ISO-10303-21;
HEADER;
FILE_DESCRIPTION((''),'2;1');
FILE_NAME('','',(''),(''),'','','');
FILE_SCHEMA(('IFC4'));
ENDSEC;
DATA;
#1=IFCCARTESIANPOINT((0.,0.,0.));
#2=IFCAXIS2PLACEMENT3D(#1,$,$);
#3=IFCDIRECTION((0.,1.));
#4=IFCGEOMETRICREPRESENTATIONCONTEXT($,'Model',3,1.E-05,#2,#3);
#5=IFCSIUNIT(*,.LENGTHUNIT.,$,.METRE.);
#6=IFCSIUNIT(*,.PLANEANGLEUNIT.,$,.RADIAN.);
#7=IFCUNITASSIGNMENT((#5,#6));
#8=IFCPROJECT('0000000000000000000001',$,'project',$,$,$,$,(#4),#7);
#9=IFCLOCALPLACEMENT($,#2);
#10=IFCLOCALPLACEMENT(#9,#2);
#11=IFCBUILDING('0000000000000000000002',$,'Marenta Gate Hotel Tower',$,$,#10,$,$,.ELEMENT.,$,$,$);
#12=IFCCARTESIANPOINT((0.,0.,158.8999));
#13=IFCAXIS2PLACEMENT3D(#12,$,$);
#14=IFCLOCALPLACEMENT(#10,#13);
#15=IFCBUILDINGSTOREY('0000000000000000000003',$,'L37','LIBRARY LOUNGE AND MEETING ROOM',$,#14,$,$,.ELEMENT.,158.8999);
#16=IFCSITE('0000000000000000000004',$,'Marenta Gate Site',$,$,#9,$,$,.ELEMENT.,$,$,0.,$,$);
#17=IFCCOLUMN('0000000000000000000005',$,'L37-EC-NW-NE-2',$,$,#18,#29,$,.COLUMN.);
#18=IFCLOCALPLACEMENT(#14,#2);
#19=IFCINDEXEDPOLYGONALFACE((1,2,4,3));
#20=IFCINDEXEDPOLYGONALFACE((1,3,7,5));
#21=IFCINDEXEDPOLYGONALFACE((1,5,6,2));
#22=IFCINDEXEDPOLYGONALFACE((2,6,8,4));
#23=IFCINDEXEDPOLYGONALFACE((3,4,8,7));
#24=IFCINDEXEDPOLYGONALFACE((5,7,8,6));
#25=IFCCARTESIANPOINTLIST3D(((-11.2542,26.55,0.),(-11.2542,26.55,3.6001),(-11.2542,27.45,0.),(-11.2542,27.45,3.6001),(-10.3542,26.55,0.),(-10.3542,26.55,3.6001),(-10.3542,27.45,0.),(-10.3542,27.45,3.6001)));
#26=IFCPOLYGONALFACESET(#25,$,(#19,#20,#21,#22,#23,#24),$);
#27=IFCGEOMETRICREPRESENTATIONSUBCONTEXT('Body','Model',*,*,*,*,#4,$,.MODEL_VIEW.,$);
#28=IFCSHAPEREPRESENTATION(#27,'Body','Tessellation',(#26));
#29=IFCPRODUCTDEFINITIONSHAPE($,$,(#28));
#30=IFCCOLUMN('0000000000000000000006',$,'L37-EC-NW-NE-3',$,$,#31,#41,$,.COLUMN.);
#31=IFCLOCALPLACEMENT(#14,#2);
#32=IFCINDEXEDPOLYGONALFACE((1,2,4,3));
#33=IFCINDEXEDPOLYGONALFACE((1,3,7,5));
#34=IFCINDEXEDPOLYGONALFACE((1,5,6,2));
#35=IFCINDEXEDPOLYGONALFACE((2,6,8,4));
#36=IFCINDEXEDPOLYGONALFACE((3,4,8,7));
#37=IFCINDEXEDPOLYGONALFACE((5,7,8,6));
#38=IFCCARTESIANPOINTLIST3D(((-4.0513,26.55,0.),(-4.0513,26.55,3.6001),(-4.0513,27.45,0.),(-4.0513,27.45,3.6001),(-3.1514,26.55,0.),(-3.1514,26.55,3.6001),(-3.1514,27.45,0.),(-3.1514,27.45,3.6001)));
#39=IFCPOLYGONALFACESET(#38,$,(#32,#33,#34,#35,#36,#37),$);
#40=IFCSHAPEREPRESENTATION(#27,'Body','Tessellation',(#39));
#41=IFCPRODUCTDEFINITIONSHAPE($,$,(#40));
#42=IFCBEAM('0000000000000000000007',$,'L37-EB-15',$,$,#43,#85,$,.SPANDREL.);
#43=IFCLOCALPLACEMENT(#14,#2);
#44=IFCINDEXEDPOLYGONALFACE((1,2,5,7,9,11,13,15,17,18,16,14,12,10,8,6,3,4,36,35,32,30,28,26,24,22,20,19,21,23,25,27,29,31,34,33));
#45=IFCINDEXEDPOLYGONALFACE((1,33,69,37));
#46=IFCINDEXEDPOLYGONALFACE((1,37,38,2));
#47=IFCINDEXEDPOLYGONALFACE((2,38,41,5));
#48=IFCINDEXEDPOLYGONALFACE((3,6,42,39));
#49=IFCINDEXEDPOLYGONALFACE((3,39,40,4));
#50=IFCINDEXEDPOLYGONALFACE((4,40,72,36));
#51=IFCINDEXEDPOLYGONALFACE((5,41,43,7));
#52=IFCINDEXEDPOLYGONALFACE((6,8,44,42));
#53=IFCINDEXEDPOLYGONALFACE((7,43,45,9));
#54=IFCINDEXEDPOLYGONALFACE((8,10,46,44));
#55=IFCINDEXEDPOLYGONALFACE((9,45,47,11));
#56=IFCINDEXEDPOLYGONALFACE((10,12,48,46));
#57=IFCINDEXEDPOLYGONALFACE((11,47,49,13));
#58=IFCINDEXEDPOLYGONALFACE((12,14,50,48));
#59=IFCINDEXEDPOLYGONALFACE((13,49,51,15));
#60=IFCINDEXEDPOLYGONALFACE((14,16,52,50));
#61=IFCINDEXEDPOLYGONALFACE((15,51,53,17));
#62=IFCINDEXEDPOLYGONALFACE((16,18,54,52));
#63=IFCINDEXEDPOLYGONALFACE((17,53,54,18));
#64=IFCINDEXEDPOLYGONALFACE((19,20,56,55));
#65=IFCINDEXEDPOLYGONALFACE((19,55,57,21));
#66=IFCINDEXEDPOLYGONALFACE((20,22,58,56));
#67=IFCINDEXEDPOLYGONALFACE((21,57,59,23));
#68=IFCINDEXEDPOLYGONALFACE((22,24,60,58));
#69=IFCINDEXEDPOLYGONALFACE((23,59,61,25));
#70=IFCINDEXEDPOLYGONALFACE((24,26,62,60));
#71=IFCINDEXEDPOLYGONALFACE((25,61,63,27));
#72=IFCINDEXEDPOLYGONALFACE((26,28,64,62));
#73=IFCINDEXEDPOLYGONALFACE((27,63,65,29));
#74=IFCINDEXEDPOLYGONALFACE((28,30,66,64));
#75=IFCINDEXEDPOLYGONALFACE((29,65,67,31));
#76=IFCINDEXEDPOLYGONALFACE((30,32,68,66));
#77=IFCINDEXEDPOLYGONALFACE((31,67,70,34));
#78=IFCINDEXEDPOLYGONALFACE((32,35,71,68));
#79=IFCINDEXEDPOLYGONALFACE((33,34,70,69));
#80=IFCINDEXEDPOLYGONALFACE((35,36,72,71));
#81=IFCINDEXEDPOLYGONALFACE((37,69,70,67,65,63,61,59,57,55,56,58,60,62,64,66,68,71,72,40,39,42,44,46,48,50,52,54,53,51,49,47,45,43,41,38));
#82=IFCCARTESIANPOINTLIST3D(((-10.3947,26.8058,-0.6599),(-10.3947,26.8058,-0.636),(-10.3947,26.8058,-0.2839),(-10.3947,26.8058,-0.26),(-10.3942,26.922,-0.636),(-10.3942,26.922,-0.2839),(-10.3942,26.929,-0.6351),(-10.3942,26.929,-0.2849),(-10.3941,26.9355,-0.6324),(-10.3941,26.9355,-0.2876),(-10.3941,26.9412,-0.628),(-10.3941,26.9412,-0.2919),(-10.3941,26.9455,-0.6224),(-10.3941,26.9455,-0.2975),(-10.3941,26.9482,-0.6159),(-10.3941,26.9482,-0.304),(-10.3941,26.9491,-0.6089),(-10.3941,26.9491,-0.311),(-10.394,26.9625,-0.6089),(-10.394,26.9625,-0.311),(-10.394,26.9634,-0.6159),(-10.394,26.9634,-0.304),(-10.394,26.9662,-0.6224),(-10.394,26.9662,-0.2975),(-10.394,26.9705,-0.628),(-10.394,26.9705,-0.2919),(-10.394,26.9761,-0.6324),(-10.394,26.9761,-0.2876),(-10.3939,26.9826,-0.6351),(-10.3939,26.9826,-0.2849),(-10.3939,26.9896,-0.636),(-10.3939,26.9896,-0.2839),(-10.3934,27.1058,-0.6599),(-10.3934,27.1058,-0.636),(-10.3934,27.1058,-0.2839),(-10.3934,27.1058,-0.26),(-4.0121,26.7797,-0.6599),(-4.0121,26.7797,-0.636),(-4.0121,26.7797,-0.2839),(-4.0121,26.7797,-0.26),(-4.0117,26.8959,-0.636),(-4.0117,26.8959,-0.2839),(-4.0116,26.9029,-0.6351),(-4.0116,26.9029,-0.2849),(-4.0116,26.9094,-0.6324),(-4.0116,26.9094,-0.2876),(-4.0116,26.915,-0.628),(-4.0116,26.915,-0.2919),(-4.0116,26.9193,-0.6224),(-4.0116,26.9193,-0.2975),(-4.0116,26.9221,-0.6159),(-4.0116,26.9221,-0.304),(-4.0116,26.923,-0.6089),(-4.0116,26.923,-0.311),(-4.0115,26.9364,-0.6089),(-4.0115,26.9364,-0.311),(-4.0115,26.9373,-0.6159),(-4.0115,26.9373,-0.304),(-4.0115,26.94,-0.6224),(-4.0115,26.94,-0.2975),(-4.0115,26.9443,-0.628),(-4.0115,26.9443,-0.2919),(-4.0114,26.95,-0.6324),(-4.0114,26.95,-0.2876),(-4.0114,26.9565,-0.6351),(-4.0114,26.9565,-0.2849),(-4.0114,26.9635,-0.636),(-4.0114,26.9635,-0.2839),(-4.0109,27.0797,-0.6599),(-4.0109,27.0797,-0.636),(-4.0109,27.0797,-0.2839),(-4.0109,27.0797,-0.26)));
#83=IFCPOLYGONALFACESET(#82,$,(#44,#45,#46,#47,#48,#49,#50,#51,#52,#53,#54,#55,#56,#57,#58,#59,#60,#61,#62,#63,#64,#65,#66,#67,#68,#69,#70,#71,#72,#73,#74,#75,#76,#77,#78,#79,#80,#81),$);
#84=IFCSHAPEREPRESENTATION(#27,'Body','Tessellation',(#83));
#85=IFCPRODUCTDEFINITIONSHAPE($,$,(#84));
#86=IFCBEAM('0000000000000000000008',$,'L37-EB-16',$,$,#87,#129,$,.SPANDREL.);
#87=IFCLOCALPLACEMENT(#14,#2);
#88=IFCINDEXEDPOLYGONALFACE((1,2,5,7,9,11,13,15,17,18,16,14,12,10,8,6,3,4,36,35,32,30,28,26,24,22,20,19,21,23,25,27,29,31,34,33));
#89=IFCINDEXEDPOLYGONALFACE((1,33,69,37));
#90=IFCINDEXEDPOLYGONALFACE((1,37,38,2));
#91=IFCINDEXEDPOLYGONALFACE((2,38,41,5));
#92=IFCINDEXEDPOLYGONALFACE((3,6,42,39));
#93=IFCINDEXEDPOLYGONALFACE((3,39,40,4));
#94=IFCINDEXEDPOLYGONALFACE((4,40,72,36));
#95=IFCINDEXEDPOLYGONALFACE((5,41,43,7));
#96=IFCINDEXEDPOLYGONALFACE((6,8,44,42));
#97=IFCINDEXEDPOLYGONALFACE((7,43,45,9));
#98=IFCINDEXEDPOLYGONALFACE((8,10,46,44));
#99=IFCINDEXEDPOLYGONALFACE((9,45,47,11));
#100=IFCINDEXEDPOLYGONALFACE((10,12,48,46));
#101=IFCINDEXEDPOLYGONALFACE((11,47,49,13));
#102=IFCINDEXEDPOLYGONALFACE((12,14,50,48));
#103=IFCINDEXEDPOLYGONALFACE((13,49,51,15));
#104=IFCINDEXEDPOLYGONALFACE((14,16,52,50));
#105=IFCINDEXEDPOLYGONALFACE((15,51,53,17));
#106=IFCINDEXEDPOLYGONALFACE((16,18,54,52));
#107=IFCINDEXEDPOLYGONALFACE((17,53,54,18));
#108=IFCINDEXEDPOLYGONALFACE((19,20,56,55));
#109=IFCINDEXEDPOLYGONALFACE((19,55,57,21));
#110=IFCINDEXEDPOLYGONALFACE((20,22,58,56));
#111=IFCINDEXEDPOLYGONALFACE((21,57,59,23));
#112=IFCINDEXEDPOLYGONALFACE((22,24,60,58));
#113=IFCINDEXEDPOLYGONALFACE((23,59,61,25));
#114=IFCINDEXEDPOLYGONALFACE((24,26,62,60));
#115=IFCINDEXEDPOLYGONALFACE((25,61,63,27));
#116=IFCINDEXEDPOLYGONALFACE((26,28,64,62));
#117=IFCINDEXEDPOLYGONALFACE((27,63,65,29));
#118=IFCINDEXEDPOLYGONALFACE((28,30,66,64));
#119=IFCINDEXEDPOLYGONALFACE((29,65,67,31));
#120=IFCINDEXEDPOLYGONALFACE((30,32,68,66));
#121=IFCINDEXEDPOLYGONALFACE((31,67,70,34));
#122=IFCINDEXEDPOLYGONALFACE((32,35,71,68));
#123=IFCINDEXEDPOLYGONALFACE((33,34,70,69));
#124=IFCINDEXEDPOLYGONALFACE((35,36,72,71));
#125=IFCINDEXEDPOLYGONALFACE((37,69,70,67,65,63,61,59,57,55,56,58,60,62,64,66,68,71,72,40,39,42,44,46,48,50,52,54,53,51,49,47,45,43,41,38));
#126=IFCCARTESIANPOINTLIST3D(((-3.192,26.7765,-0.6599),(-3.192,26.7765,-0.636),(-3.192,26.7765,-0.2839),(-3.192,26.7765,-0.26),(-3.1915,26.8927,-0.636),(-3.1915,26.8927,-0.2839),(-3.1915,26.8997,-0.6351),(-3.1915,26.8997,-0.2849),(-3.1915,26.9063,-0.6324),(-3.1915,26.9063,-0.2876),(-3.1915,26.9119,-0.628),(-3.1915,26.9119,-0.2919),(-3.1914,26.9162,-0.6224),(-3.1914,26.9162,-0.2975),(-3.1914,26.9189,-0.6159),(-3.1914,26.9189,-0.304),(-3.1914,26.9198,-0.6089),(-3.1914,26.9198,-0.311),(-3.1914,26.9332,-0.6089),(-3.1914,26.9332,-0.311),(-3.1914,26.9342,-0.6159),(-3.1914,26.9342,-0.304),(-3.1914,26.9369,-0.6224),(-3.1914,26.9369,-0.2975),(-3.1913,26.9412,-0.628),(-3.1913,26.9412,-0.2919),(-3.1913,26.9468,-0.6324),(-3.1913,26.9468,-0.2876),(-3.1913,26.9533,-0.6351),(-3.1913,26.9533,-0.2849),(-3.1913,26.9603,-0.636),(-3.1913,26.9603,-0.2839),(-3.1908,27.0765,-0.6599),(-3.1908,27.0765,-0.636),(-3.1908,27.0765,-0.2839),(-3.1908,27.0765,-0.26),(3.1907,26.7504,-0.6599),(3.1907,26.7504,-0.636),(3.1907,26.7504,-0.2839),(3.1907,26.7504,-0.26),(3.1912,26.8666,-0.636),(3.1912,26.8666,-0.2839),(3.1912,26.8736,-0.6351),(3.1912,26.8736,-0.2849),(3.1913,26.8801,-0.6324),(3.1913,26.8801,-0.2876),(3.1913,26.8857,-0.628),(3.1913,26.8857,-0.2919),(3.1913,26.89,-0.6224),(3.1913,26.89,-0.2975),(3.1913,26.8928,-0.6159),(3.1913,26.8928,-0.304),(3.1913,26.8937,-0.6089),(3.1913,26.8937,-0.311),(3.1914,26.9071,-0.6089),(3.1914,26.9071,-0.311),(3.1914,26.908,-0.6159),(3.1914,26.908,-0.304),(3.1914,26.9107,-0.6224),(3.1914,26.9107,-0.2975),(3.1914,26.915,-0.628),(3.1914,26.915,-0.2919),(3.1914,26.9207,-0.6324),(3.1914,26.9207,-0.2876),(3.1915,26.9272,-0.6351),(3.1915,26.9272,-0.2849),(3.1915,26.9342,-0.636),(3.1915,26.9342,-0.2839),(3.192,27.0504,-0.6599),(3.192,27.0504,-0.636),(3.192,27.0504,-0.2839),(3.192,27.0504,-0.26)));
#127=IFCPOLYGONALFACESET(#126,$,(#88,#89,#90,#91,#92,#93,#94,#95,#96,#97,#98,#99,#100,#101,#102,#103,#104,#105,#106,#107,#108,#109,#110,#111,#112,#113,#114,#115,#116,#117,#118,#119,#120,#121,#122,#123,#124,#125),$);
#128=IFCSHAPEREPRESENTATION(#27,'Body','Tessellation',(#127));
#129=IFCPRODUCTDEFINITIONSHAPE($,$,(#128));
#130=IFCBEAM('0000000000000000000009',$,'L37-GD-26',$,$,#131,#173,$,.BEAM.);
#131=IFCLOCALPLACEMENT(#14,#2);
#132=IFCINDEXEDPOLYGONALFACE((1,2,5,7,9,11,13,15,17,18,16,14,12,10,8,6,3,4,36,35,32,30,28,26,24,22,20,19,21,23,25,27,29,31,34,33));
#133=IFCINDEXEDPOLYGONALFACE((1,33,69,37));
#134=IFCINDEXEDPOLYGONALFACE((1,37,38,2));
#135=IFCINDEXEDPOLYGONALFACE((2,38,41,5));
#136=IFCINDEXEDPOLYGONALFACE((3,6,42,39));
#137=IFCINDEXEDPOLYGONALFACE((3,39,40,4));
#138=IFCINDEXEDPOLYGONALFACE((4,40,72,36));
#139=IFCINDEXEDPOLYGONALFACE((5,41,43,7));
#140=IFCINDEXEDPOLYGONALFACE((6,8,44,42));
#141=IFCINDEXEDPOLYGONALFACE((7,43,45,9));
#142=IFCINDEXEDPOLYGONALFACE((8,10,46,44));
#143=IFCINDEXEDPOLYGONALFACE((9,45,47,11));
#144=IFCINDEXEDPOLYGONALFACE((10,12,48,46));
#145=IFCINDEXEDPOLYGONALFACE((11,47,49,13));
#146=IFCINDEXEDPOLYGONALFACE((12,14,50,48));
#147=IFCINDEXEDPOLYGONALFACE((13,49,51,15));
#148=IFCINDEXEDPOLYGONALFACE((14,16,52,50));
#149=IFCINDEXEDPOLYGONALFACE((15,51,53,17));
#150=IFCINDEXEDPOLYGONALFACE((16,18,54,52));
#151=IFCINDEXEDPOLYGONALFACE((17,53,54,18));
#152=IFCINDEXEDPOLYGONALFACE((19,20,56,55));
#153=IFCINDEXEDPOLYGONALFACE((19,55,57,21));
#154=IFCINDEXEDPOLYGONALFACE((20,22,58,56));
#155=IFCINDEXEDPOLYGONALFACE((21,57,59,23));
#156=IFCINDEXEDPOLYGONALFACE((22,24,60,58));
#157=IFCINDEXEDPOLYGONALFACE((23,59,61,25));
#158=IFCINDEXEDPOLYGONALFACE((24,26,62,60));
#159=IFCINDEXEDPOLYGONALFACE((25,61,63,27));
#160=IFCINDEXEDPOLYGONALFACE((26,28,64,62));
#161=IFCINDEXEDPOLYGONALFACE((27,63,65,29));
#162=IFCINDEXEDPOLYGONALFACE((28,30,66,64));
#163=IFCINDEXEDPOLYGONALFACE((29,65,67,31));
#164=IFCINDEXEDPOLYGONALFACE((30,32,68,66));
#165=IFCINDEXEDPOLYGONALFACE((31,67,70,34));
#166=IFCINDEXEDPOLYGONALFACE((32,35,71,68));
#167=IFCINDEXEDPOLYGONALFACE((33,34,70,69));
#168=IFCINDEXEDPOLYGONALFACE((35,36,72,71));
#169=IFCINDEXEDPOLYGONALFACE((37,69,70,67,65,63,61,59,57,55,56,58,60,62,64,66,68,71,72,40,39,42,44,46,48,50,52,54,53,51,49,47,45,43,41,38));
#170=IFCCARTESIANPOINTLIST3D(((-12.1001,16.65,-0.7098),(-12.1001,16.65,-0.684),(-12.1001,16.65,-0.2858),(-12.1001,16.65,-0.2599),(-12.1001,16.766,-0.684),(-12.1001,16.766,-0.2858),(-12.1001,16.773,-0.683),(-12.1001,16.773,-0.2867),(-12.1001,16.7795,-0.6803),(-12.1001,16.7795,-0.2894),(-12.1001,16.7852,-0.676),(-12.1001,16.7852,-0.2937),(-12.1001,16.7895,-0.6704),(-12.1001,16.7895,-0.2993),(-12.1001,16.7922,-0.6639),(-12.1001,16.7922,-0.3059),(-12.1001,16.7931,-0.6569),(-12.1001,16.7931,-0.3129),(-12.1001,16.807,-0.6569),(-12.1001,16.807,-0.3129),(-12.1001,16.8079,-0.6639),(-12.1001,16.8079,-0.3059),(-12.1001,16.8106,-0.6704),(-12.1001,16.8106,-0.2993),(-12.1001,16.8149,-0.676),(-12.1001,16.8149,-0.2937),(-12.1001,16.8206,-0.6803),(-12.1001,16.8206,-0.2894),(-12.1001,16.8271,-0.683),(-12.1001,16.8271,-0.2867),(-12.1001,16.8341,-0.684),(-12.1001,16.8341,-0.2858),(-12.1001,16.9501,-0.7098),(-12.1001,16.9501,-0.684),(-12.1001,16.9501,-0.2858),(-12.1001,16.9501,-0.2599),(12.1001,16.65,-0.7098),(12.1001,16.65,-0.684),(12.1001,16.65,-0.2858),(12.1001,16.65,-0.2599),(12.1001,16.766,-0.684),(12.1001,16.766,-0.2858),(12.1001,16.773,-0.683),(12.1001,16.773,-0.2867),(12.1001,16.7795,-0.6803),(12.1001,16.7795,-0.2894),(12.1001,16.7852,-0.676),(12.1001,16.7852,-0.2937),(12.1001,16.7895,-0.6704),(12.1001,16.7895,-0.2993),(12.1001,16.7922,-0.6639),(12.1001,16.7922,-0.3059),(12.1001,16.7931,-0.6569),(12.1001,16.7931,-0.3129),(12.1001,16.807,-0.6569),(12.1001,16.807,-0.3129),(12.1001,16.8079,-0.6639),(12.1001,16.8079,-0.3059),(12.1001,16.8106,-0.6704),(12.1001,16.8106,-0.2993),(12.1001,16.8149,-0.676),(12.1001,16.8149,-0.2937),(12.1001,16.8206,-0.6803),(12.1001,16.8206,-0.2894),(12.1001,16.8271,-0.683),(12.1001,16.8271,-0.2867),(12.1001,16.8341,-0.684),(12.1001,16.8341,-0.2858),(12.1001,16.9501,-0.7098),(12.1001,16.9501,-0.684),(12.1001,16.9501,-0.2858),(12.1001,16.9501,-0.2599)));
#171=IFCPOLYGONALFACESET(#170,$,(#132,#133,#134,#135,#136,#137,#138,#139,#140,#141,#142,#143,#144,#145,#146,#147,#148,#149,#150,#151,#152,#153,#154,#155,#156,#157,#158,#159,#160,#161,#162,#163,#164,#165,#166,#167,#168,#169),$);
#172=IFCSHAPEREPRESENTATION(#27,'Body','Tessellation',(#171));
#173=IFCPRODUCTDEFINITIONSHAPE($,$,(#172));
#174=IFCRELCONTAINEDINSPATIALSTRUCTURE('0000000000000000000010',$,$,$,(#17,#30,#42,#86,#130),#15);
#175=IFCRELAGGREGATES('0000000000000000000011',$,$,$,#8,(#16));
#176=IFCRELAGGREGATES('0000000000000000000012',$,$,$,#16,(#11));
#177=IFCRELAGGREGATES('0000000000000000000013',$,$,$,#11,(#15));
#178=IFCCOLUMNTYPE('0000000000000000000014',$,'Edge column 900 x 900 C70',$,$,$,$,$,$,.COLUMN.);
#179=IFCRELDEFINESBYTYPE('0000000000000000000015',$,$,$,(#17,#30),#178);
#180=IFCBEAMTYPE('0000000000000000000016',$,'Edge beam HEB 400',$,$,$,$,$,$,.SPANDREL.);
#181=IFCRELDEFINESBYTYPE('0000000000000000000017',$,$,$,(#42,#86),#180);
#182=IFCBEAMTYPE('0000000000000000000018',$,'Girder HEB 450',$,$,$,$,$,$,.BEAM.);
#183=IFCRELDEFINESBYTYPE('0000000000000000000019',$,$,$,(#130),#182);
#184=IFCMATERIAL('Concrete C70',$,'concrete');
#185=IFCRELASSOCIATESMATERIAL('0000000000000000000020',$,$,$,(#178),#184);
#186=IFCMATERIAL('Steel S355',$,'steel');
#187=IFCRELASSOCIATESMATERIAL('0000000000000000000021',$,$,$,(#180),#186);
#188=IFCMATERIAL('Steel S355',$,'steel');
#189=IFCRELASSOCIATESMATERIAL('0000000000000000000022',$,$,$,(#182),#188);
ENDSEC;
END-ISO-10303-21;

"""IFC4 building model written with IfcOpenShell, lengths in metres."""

from ifc_helpers import new_model, si_unit, direction, frame, origin, origin_2d, place, context, subcontext, project, spatial, rectangle, i_section, extrude, material, material_profile, profile_set, type_object, element, save


model = new_model("IFC4")

# Units and contexts
model_context = context("Model", 3, precision=1e-05, world=origin(), true_north=direction((0.0, 1.0)))
body_context = subcontext(model_context, "Body", "Model", "MODEL_VIEW")
ifc_project = project(units=[si_unit("LENGTHUNIT", "METRE"), si_unit("PLANEANGLEUNIT", "RADIAN")], contexts=[model_context])

# Site, building, storey
site_placement = place(None, origin())
site = spatial("IfcSite", under=ifc_project, at=site_placement, Name="Marenta Gate Site", CompositionType="ELEMENT", RefElevation=0.0)
building_placement = place(site_placement, origin())
building = spatial("IfcBuilding", under=site, at=building_placement, Name="Marenta Gate Hotel Tower", CompositionType="ELEMENT")
storey_placement = place(building_placement, frame((0.0, 0.0, 158.8999)))
storey = spatial("IfcBuildingStorey", under=building, at=storey_placement, Name="L37", Description="LIBRARY LOUNGE AND MEETING ROOM", CompositionType="ELEMENT", Elevation=158.8999)

# Columns
ifc_material_1 = material(Name="Concrete C70", Category="concrete")
ifc_material_profile_1 = material_profile(ifc_material_1, rectangle(XDim=0.8999, YDim=0.8999, at=origin_2d()), Name="900 x 900")
ifc_profile_set_1 = profile_set([ifc_material_profile_1], Name="Concrete C70")
column_type = type_object("IfcColumnType", Name="Edge column 900 x 900 C70", PredefinedType="COLUMN", material=ifc_profile_set_1)
for number, where, z_axis, x_axis, name in (
    (1, (-10.8042, 27.0, 0.0), (0.0, 0.0, 1.0), (1.0, 0.0, 0.0), "L37-EC-NW-NE-2"),
    (2, (-3.6013, 27.0, 0.0), (0.0, 0.0, 1.0), (1.0, 0.0, 0.0), "L37-EC-NW-NE-3"),
):
    element("IfcColumn", number, at=place(storey_placement, frame(where, z_axis=z_axis, x_axis=x_axis)), inside=storey, type_object=column_type, Name=name, PredefinedType="COLUMN", context=body_context, shape_type="SweptSolid", body=[
        extrude(rectangle(XDim=0.8999, YDim=0.8999, at=origin_2d()), origin(), (0.0, 0.0, 1.0), 3.6001),
    ])

# Beams
ifc_material_2 = material(Name="Steel S355", Category="steel")
ifc_material_profile_2 = material_profile(ifc_material_2, i_section(OverallWidth=0.3, OverallDepth=0.3999, WebThickness=0.0134, FlangeThickness=0.0239, FilletRadius=0.0271, at=origin_2d()), Name="HEB 400")
ifc_profile_set_2 = profile_set([ifc_material_profile_2], Name="Steel S355")
beam_type_1 = type_object("IfcBeamType", Name="Edge beam HEB 400", PredefinedType="SPANDREL", material=ifc_profile_set_2)
beam_1_placement = place(storey_placement, frame((-10.394, 26.9558, -0.46), z_axis=(0.999992, -0.004093, 0.0), x_axis=(0.004093, 0.999992, 0.0)))
element("IfcBeam", 3, at=beam_1_placement, inside=storey, type_object=beam_type_1, Name="L37-EB-15", PredefinedType="SPANDREL", context=body_context, shape_type="SweptSolid", body=[
    extrude(i_section(OverallWidth=0.3, OverallDepth=0.3999, WebThickness=0.0134, FlangeThickness=0.0239, FilletRadius=0.0271, at=origin_2d()), origin(), (0.0, 0.0, 1.0), 6.3826),
])
beam_2_placement = place(storey_placement, frame((-3.1914, 26.9265, -0.46), z_axis=(0.999992, -0.004093, 0.0), x_axis=(0.004093, 0.999992, 0.0)))
element("IfcBeam", 4, at=beam_2_placement, inside=storey, type_object=beam_type_1, Name="L37-EB-16", PredefinedType="SPANDREL", context=body_context, shape_type="SweptSolid", body=[
    extrude(i_section(OverallWidth=0.3, OverallDepth=0.3999, WebThickness=0.0134, FlangeThickness=0.0239, FilletRadius=0.0271, at=origin_2d()), origin(), (0.0, 0.0, 1.0), 6.3828),
])
ifc_material_3 = material(Name="Steel S355", Category="steel")
ifc_material_profile_3 = material_profile(ifc_material_3, i_section(OverallWidth=0.3, OverallDepth=0.45, WebThickness=0.0139, FlangeThickness=0.0259, FilletRadius=0.0271, at=origin_2d()), Name="HEB 450")
ifc_profile_set_3 = profile_set([ifc_material_profile_3], Name="Steel S355")
beam_type_2 = type_object("IfcBeamType", Name="Girder HEB 450", PredefinedType="BEAM", material=ifc_profile_set_3)
beam_3_placement = place(storey_placement, frame((-12.1001, 16.8, -0.4849), z_axis=(1.0, 0.0, 0.0), x_axis=(0.0, 1.0, 0.0)))
element("IfcBeam", 5, at=beam_3_placement, inside=storey, type_object=beam_type_2, Name="L37-GD-26", PredefinedType="BEAM", context=body_context, shape_type="SweptSolid", body=[
    extrude(i_section(OverallWidth=0.3, OverallDepth=0.45, WebThickness=0.0139, FlangeThickness=0.0259, FilletRadius=0.0271, at=origin_2d()), origin(), (0.0, 0.0, 1.0), 24.2002),
])

save(model, "model.ifc")
